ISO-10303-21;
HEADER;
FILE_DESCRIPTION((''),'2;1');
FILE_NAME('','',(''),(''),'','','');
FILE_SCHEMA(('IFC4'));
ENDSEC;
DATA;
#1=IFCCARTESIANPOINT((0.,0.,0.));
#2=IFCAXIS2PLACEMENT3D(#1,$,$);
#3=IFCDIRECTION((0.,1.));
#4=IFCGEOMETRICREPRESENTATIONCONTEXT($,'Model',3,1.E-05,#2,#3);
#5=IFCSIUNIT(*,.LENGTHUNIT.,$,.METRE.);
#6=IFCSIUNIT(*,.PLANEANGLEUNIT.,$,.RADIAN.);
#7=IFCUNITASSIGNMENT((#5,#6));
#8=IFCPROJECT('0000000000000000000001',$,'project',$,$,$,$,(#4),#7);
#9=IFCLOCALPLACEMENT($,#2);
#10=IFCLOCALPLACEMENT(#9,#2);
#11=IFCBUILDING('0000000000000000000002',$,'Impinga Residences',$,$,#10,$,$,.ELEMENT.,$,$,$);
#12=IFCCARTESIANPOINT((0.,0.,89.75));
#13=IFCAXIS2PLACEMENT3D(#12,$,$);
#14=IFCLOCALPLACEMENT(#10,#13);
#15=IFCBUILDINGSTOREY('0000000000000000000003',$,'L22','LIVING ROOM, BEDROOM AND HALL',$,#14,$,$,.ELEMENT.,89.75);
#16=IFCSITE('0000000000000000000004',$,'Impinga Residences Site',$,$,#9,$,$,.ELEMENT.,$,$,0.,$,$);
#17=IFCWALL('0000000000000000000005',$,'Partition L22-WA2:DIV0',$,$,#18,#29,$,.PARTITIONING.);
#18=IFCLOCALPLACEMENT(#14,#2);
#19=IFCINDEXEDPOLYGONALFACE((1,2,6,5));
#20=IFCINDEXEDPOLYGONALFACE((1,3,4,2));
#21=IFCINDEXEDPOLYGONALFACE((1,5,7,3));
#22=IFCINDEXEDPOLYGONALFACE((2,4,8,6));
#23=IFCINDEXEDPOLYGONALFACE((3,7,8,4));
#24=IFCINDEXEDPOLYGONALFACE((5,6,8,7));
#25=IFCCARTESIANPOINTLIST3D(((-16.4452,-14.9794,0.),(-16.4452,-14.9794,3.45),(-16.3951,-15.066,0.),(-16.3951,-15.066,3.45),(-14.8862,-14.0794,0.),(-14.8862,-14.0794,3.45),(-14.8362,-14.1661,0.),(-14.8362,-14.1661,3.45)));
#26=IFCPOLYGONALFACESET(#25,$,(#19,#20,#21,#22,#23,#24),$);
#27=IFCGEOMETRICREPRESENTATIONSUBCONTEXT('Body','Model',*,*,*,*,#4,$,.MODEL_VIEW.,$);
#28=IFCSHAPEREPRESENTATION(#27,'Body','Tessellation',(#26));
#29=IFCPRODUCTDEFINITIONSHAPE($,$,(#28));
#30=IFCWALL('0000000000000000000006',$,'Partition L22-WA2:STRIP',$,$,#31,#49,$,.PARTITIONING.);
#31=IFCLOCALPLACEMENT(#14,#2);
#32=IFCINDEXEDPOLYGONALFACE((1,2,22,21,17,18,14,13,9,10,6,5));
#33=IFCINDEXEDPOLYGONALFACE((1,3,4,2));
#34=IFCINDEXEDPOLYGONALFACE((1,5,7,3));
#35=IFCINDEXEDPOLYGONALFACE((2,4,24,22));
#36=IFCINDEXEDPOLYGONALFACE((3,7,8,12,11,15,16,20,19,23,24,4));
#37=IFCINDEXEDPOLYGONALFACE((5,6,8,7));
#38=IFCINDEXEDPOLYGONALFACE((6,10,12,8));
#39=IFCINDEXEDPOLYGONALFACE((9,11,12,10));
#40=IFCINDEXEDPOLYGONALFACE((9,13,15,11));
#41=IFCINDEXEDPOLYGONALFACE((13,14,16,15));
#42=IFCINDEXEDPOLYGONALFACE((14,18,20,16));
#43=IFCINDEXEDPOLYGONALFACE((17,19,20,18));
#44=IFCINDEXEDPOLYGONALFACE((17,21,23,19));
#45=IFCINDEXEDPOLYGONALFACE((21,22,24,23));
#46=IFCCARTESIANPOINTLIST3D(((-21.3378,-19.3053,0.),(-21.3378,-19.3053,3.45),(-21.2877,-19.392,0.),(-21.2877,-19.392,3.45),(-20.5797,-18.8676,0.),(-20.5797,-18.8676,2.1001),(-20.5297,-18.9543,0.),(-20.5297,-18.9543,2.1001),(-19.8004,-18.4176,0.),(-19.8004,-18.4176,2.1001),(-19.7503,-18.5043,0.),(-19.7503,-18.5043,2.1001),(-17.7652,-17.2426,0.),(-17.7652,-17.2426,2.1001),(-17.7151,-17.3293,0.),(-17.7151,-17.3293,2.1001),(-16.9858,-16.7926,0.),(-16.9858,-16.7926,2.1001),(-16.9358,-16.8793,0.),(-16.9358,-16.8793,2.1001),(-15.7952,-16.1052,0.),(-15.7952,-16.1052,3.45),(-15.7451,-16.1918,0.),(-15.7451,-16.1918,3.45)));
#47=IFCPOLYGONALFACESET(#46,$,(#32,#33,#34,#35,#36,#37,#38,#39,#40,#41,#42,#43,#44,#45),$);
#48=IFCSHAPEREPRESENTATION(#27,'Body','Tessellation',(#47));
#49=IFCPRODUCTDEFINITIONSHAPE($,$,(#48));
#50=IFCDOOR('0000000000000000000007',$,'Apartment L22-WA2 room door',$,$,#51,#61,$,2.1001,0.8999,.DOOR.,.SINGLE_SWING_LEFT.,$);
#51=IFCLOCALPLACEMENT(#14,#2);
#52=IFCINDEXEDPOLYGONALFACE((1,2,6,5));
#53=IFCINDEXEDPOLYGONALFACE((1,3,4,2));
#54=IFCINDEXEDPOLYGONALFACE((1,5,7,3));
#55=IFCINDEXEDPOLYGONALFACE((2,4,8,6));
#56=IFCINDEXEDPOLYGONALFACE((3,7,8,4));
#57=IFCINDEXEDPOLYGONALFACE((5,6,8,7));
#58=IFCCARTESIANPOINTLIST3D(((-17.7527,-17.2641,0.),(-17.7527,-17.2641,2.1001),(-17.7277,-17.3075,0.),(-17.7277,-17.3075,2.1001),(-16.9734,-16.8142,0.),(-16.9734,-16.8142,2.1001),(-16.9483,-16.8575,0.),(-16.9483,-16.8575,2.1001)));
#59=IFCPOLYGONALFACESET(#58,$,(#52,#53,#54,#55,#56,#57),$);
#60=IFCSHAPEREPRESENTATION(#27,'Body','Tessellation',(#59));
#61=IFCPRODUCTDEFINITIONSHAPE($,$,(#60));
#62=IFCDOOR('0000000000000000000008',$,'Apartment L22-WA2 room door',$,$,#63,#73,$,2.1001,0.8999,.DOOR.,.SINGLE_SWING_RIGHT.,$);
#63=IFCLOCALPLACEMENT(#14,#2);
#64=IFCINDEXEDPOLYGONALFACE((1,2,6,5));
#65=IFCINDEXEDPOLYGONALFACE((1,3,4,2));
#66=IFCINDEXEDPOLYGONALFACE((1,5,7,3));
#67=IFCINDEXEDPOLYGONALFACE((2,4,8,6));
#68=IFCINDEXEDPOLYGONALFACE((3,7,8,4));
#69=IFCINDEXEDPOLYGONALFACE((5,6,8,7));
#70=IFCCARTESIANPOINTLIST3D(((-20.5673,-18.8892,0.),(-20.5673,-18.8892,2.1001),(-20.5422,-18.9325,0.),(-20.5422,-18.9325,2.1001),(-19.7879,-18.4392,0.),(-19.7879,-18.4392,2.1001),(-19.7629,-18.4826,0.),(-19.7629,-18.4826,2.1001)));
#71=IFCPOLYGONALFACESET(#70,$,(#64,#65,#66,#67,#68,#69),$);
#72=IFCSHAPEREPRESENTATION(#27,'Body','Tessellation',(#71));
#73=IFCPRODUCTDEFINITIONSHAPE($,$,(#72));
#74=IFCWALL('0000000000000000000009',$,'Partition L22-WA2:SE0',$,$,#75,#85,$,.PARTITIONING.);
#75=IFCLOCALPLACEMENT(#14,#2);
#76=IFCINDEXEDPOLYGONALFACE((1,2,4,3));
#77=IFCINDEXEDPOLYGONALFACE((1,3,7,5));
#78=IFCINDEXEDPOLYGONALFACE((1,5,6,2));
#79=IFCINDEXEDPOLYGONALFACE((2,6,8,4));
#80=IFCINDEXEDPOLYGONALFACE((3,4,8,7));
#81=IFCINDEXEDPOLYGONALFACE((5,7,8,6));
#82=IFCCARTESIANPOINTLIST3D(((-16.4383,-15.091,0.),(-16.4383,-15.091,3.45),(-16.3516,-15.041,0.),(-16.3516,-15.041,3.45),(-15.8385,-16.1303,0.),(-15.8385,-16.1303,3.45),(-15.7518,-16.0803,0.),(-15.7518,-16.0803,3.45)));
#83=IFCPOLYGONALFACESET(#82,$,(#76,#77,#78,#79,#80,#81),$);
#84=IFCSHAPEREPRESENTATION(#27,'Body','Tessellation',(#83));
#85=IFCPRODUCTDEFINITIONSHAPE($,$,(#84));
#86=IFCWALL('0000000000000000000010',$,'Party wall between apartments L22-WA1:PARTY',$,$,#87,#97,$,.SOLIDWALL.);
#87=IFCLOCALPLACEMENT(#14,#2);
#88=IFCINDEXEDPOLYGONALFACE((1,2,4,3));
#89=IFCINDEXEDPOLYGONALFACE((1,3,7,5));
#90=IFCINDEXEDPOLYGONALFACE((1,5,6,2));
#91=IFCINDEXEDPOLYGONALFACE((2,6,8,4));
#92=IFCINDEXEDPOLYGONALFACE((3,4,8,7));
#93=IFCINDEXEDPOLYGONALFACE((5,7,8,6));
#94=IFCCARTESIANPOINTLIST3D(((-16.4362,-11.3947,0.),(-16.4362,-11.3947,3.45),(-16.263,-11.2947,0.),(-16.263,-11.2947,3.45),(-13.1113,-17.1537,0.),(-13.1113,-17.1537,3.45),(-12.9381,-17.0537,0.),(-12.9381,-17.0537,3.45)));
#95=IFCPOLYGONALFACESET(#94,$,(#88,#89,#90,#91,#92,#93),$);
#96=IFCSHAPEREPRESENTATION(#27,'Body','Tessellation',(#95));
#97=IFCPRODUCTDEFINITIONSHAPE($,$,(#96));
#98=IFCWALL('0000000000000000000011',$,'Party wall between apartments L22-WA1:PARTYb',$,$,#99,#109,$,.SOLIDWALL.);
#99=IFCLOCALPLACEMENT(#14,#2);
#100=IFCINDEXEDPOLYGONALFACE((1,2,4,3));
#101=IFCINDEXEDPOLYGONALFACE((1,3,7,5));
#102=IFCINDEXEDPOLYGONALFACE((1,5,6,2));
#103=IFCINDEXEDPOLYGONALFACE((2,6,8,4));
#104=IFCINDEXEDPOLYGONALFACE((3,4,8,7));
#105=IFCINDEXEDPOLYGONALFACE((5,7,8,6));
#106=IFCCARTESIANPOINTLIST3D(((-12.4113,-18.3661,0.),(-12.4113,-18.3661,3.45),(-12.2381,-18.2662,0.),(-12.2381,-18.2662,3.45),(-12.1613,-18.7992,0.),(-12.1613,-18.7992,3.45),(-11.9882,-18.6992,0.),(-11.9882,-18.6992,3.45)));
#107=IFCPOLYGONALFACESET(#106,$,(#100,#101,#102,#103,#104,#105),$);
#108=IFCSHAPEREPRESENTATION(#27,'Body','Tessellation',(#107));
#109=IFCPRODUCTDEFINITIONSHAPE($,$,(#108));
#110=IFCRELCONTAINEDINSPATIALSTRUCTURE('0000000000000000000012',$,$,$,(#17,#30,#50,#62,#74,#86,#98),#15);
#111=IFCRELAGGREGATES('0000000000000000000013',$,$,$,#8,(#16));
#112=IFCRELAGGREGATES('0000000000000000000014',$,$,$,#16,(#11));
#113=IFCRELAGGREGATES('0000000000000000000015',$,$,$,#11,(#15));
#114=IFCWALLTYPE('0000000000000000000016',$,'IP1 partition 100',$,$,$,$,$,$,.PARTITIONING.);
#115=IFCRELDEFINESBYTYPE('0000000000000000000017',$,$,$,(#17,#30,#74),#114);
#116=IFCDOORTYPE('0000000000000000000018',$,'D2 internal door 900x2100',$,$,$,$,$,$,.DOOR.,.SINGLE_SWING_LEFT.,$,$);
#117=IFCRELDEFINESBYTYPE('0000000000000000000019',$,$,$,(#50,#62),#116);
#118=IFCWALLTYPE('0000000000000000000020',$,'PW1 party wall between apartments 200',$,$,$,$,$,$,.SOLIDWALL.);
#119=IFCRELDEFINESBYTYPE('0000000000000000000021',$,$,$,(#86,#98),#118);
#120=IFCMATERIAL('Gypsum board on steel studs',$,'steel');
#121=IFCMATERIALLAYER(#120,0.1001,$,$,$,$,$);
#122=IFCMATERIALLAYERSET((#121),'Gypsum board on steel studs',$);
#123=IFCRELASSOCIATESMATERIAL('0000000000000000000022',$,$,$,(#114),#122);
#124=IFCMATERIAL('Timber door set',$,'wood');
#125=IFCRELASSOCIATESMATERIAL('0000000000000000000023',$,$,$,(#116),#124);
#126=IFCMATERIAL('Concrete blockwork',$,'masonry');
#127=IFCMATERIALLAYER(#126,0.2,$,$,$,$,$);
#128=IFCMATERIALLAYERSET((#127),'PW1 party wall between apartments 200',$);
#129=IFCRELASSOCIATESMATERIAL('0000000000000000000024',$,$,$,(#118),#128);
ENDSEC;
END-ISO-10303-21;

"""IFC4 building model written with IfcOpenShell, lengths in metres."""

from ifc_helpers import new_model, si_unit, direction, frame, frame_2d, origin, place, context, subcontext, project, spatial, rectangle, extrude, material, layer, layer_set, type_object, element, fill, save


model = new_model("IFC4")

# Units and contexts
model_context = context("Model", 3, precision=1e-05, world=origin(), true_north=direction((0.0, 1.0)))
body_context = subcontext(model_context, "Body", "Model", "MODEL_VIEW")
ifc_project = project(units=[si_unit("LENGTHUNIT", "METRE"), si_unit("PLANEANGLEUNIT", "RADIAN")], contexts=[model_context])

# Site, building, storey
site_placement = place(None, origin())
site = spatial("IfcSite", under=ifc_project, at=site_placement, Name="Impinga Residences Site", CompositionType="ELEMENT", RefElevation=0.0)
building_placement = place(site_placement, origin())
building = spatial("IfcBuilding", under=site, at=building_placement, Name="Impinga Residences", CompositionType="ELEMENT")
storey_placement = place(building_placement, frame((0.0, 0.0, 89.75)))
storey = spatial("IfcBuildingStorey", under=building, at=storey_placement, Name="L22", Description="LIVING ROOM, BEDROOM AND HALL", CompositionType="ELEMENT", Elevation=89.75)

# Shared definitions
ifc_material_1 = material(Name="Timber door set", Category="wood")

# Shared definitions
ifc_material_2 = material(Name="Gypsum board on steel studs", Category="steel")
ifc_layer_1 = layer(ifc_material_2, 0.1001)
ifc_layer_set_1 = layer_set([ifc_layer_1], Name="Gypsum board on steel studs")
wall_type_1 = type_object("IfcWallType", Name="IP1 partition 100", PredefinedType="PARTITIONING", material=ifc_layer_set_1)

# Shared definitions
door_type_1 = type_object("IfcDoorType", Name="D2 internal door 900x2100", OperationType="SINGLE_SWING_LEFT", PredefinedType="DOOR", material=ifc_material_1)

# Wall
wall_1_placement = place(storey_placement, frame((-14.8613, -14.1228, 0.0), z_axis=(0.0, 0.0, 1.0), x_axis=(-0.866048, -0.499961, 0.0)))
element("IfcWall", 1, at=wall_1_placement, inside=storey, type_object=wall_type_1, Name="Partition L22-WA2:DIV0", PredefinedType="PARTITIONING", context=body_context, shape_type="SweptSolid", body=[
    extrude(rectangle(XDim=1.8, YDim=0.1001, at=frame_2d((0.8999, 0.0))), origin(), (0.0, 0.0, 1.0), 3.45),
])

# Wall, openings, doors
wall_2_placement = place(storey_placement, frame((-15.77, -16.1484, 0.0), z_axis=(0.0, 0.0, 1.0), x_axis=(-0.866019, -0.500012, 0.0)))
wall_2 = element("IfcWall", 2, at=wall_2_placement, inside=storey, type_object=wall_type_1, Name="Partition L22-WA2:STRIP", PredefinedType="PARTITIONING", context=body_context, shape_type="SweptSolid", body=[
    extrude(rectangle(XDim=6.4001, YDim=0.1001, at=frame_2d((3.2002, 0.0))), origin(), (0.0, 0.0, 1.0), 3.45),
])
opening_1_placement = place(wall_2_placement, frame((1.375, 0.0, 0.0)))
opening_1 = element("IfcOpeningElement", 3, at=opening_1_placement, cuts=wall_2, PredefinedType="OPENING", context=body_context, shape_type="SweptSolid", body=[
    extrude(rectangle(XDim=0.8999, YDim=2.1001, at=frame_2d((0.45, 1.05))), frame((0.0, 0.0601, 0.0), z_axis=(0.0, -1.0, 0.0), x_axis=(1.0, 0.0, 0.0)), (0.0, 0.0, 1.0), 0.1201),
])
opening_2_placement = place(wall_2_placement, frame((4.625, 0.0, 0.0)))
opening_2 = element("IfcOpeningElement", 4, at=opening_2_placement, cuts=wall_2, PredefinedType="OPENING", context=body_context, shape_type="SweptSolid", body=[
    extrude(rectangle(XDim=0.8999, YDim=2.1001, at=frame_2d((0.45, 1.05))), frame((0.0, 0.0601, 0.0), z_axis=(0.0, -1.0, 0.0), x_axis=(1.0, 0.0, 0.0)), (0.0, 0.0, 1.0), 0.1201),
])
door_1_placement = place(opening_1_placement, origin())
door_1 = element("IfcDoor", 5, at=door_1_placement, inside=storey, type_object=door_type_1, Name="Apartment L22-WA2 room door", OperationType="SINGLE_SWING_LEFT", OverallHeight=2.1001, OverallWidth=0.8999, PredefinedType="DOOR", context=body_context, shape_type="SweptSolid", body=[
    extrude(rectangle(XDim=0.8999, YDim=2.1001, at=frame_2d((0.45, 1.05))), frame((0.0, 0.0249, 0.0), z_axis=(0.0, -1.0, 0.0), x_axis=(1.0, 0.0, 0.0)), (0.0, 0.0, 1.0), 0.05),
])
fill(opening_1, door_1)
door_2_placement = place(opening_2_placement, origin())
door_2 = element("IfcDoor", 6, at=door_2_placement, inside=storey, type_object=door_type_1, Name="Apartment L22-WA2 room door", OperationType="SINGLE_SWING_RIGHT", OverallHeight=2.1001, OverallWidth=0.8999, PredefinedType="DOOR", context=body_context, shape_type="SweptSolid", body=[
    extrude(rectangle(XDim=0.8999, YDim=2.1001, at=frame_2d((0.45, 1.05))), frame((0.0, 0.0249, 0.0), z_axis=(0.0, -1.0, 0.0), x_axis=(1.0, 0.0, 0.0)), (0.0, 0.0, 1.0), 0.05),
])
fill(opening_2, door_2)

# Walls
wall_3_placement = place(storey_placement, frame((-16.395, -15.0659, 0.0), z_axis=(0.0, 0.0, 1.0), x_axis=(0.499881, -0.866094, 0.0)))
element("IfcWall", 7, at=wall_3_placement, inside=storey, type_object=wall_type_1, Name="Partition L22-WA2:SE0", PredefinedType="PARTITIONING", context=body_context, shape_type="SweptSolid", body=[
    extrude(rectangle(XDim=1.2, YDim=0.1001, at=frame_2d((0.6001, 0.0))), origin(), (0.0, 0.0, 1.0), 3.45),
])
ifc_material_3 = material(Name="Concrete blockwork", Category="masonry")
ifc_layer_2 = layer(ifc_material_3, 0.2)
ifc_layer_set_2 = layer_set([ifc_layer_2], Name="PW1 party wall between apartments 200")
wall_type_2 = type_object("IfcWallType", Name="PW1 party wall between apartments 200", PredefinedType="SOLIDWALL", material=ifc_layer_set_2)
wall_4_placement = place(storey_placement, frame((-16.3496, -11.3447, 0.0), z_axis=(0.0, 0.0, 1.0), x_axis=(0.499997, -0.866027, 0.0)))
element("IfcWall", 8, at=wall_4_placement, inside=storey, type_object=wall_type_2, Name="Party wall between apartments L22-WA1:PARTY", PredefinedType="SOLIDWALL", context=body_context, shape_type="SweptSolid", body=[
    extrude(rectangle(XDim=6.6499, YDim=0.2, at=frame_2d((3.325, 0.0))), origin(), (0.0, 0.0, 1.0), 3.45),
])
wall_5_placement = place(storey_placement, frame((-12.3247, -18.3162, 0.0), z_axis=(0.0, 0.0, 1.0), x_axis=(0.49992, -0.866072, 0.0)))
element("IfcWall", 9, at=wall_5_placement, inside=storey, type_object=wall_type_2, Name="Party wall between apartments L22-WA1:PARTYb", PredefinedType="SOLIDWALL", context=body_context, shape_type="SweptSolid", body=[
    extrude(rectangle(XDim=0.5, YDim=0.2, at=frame_2d((0.25, 0.0))), origin(), (0.0, 0.0, 1.0), 3.45),
])

save(model, "model.ifc")
